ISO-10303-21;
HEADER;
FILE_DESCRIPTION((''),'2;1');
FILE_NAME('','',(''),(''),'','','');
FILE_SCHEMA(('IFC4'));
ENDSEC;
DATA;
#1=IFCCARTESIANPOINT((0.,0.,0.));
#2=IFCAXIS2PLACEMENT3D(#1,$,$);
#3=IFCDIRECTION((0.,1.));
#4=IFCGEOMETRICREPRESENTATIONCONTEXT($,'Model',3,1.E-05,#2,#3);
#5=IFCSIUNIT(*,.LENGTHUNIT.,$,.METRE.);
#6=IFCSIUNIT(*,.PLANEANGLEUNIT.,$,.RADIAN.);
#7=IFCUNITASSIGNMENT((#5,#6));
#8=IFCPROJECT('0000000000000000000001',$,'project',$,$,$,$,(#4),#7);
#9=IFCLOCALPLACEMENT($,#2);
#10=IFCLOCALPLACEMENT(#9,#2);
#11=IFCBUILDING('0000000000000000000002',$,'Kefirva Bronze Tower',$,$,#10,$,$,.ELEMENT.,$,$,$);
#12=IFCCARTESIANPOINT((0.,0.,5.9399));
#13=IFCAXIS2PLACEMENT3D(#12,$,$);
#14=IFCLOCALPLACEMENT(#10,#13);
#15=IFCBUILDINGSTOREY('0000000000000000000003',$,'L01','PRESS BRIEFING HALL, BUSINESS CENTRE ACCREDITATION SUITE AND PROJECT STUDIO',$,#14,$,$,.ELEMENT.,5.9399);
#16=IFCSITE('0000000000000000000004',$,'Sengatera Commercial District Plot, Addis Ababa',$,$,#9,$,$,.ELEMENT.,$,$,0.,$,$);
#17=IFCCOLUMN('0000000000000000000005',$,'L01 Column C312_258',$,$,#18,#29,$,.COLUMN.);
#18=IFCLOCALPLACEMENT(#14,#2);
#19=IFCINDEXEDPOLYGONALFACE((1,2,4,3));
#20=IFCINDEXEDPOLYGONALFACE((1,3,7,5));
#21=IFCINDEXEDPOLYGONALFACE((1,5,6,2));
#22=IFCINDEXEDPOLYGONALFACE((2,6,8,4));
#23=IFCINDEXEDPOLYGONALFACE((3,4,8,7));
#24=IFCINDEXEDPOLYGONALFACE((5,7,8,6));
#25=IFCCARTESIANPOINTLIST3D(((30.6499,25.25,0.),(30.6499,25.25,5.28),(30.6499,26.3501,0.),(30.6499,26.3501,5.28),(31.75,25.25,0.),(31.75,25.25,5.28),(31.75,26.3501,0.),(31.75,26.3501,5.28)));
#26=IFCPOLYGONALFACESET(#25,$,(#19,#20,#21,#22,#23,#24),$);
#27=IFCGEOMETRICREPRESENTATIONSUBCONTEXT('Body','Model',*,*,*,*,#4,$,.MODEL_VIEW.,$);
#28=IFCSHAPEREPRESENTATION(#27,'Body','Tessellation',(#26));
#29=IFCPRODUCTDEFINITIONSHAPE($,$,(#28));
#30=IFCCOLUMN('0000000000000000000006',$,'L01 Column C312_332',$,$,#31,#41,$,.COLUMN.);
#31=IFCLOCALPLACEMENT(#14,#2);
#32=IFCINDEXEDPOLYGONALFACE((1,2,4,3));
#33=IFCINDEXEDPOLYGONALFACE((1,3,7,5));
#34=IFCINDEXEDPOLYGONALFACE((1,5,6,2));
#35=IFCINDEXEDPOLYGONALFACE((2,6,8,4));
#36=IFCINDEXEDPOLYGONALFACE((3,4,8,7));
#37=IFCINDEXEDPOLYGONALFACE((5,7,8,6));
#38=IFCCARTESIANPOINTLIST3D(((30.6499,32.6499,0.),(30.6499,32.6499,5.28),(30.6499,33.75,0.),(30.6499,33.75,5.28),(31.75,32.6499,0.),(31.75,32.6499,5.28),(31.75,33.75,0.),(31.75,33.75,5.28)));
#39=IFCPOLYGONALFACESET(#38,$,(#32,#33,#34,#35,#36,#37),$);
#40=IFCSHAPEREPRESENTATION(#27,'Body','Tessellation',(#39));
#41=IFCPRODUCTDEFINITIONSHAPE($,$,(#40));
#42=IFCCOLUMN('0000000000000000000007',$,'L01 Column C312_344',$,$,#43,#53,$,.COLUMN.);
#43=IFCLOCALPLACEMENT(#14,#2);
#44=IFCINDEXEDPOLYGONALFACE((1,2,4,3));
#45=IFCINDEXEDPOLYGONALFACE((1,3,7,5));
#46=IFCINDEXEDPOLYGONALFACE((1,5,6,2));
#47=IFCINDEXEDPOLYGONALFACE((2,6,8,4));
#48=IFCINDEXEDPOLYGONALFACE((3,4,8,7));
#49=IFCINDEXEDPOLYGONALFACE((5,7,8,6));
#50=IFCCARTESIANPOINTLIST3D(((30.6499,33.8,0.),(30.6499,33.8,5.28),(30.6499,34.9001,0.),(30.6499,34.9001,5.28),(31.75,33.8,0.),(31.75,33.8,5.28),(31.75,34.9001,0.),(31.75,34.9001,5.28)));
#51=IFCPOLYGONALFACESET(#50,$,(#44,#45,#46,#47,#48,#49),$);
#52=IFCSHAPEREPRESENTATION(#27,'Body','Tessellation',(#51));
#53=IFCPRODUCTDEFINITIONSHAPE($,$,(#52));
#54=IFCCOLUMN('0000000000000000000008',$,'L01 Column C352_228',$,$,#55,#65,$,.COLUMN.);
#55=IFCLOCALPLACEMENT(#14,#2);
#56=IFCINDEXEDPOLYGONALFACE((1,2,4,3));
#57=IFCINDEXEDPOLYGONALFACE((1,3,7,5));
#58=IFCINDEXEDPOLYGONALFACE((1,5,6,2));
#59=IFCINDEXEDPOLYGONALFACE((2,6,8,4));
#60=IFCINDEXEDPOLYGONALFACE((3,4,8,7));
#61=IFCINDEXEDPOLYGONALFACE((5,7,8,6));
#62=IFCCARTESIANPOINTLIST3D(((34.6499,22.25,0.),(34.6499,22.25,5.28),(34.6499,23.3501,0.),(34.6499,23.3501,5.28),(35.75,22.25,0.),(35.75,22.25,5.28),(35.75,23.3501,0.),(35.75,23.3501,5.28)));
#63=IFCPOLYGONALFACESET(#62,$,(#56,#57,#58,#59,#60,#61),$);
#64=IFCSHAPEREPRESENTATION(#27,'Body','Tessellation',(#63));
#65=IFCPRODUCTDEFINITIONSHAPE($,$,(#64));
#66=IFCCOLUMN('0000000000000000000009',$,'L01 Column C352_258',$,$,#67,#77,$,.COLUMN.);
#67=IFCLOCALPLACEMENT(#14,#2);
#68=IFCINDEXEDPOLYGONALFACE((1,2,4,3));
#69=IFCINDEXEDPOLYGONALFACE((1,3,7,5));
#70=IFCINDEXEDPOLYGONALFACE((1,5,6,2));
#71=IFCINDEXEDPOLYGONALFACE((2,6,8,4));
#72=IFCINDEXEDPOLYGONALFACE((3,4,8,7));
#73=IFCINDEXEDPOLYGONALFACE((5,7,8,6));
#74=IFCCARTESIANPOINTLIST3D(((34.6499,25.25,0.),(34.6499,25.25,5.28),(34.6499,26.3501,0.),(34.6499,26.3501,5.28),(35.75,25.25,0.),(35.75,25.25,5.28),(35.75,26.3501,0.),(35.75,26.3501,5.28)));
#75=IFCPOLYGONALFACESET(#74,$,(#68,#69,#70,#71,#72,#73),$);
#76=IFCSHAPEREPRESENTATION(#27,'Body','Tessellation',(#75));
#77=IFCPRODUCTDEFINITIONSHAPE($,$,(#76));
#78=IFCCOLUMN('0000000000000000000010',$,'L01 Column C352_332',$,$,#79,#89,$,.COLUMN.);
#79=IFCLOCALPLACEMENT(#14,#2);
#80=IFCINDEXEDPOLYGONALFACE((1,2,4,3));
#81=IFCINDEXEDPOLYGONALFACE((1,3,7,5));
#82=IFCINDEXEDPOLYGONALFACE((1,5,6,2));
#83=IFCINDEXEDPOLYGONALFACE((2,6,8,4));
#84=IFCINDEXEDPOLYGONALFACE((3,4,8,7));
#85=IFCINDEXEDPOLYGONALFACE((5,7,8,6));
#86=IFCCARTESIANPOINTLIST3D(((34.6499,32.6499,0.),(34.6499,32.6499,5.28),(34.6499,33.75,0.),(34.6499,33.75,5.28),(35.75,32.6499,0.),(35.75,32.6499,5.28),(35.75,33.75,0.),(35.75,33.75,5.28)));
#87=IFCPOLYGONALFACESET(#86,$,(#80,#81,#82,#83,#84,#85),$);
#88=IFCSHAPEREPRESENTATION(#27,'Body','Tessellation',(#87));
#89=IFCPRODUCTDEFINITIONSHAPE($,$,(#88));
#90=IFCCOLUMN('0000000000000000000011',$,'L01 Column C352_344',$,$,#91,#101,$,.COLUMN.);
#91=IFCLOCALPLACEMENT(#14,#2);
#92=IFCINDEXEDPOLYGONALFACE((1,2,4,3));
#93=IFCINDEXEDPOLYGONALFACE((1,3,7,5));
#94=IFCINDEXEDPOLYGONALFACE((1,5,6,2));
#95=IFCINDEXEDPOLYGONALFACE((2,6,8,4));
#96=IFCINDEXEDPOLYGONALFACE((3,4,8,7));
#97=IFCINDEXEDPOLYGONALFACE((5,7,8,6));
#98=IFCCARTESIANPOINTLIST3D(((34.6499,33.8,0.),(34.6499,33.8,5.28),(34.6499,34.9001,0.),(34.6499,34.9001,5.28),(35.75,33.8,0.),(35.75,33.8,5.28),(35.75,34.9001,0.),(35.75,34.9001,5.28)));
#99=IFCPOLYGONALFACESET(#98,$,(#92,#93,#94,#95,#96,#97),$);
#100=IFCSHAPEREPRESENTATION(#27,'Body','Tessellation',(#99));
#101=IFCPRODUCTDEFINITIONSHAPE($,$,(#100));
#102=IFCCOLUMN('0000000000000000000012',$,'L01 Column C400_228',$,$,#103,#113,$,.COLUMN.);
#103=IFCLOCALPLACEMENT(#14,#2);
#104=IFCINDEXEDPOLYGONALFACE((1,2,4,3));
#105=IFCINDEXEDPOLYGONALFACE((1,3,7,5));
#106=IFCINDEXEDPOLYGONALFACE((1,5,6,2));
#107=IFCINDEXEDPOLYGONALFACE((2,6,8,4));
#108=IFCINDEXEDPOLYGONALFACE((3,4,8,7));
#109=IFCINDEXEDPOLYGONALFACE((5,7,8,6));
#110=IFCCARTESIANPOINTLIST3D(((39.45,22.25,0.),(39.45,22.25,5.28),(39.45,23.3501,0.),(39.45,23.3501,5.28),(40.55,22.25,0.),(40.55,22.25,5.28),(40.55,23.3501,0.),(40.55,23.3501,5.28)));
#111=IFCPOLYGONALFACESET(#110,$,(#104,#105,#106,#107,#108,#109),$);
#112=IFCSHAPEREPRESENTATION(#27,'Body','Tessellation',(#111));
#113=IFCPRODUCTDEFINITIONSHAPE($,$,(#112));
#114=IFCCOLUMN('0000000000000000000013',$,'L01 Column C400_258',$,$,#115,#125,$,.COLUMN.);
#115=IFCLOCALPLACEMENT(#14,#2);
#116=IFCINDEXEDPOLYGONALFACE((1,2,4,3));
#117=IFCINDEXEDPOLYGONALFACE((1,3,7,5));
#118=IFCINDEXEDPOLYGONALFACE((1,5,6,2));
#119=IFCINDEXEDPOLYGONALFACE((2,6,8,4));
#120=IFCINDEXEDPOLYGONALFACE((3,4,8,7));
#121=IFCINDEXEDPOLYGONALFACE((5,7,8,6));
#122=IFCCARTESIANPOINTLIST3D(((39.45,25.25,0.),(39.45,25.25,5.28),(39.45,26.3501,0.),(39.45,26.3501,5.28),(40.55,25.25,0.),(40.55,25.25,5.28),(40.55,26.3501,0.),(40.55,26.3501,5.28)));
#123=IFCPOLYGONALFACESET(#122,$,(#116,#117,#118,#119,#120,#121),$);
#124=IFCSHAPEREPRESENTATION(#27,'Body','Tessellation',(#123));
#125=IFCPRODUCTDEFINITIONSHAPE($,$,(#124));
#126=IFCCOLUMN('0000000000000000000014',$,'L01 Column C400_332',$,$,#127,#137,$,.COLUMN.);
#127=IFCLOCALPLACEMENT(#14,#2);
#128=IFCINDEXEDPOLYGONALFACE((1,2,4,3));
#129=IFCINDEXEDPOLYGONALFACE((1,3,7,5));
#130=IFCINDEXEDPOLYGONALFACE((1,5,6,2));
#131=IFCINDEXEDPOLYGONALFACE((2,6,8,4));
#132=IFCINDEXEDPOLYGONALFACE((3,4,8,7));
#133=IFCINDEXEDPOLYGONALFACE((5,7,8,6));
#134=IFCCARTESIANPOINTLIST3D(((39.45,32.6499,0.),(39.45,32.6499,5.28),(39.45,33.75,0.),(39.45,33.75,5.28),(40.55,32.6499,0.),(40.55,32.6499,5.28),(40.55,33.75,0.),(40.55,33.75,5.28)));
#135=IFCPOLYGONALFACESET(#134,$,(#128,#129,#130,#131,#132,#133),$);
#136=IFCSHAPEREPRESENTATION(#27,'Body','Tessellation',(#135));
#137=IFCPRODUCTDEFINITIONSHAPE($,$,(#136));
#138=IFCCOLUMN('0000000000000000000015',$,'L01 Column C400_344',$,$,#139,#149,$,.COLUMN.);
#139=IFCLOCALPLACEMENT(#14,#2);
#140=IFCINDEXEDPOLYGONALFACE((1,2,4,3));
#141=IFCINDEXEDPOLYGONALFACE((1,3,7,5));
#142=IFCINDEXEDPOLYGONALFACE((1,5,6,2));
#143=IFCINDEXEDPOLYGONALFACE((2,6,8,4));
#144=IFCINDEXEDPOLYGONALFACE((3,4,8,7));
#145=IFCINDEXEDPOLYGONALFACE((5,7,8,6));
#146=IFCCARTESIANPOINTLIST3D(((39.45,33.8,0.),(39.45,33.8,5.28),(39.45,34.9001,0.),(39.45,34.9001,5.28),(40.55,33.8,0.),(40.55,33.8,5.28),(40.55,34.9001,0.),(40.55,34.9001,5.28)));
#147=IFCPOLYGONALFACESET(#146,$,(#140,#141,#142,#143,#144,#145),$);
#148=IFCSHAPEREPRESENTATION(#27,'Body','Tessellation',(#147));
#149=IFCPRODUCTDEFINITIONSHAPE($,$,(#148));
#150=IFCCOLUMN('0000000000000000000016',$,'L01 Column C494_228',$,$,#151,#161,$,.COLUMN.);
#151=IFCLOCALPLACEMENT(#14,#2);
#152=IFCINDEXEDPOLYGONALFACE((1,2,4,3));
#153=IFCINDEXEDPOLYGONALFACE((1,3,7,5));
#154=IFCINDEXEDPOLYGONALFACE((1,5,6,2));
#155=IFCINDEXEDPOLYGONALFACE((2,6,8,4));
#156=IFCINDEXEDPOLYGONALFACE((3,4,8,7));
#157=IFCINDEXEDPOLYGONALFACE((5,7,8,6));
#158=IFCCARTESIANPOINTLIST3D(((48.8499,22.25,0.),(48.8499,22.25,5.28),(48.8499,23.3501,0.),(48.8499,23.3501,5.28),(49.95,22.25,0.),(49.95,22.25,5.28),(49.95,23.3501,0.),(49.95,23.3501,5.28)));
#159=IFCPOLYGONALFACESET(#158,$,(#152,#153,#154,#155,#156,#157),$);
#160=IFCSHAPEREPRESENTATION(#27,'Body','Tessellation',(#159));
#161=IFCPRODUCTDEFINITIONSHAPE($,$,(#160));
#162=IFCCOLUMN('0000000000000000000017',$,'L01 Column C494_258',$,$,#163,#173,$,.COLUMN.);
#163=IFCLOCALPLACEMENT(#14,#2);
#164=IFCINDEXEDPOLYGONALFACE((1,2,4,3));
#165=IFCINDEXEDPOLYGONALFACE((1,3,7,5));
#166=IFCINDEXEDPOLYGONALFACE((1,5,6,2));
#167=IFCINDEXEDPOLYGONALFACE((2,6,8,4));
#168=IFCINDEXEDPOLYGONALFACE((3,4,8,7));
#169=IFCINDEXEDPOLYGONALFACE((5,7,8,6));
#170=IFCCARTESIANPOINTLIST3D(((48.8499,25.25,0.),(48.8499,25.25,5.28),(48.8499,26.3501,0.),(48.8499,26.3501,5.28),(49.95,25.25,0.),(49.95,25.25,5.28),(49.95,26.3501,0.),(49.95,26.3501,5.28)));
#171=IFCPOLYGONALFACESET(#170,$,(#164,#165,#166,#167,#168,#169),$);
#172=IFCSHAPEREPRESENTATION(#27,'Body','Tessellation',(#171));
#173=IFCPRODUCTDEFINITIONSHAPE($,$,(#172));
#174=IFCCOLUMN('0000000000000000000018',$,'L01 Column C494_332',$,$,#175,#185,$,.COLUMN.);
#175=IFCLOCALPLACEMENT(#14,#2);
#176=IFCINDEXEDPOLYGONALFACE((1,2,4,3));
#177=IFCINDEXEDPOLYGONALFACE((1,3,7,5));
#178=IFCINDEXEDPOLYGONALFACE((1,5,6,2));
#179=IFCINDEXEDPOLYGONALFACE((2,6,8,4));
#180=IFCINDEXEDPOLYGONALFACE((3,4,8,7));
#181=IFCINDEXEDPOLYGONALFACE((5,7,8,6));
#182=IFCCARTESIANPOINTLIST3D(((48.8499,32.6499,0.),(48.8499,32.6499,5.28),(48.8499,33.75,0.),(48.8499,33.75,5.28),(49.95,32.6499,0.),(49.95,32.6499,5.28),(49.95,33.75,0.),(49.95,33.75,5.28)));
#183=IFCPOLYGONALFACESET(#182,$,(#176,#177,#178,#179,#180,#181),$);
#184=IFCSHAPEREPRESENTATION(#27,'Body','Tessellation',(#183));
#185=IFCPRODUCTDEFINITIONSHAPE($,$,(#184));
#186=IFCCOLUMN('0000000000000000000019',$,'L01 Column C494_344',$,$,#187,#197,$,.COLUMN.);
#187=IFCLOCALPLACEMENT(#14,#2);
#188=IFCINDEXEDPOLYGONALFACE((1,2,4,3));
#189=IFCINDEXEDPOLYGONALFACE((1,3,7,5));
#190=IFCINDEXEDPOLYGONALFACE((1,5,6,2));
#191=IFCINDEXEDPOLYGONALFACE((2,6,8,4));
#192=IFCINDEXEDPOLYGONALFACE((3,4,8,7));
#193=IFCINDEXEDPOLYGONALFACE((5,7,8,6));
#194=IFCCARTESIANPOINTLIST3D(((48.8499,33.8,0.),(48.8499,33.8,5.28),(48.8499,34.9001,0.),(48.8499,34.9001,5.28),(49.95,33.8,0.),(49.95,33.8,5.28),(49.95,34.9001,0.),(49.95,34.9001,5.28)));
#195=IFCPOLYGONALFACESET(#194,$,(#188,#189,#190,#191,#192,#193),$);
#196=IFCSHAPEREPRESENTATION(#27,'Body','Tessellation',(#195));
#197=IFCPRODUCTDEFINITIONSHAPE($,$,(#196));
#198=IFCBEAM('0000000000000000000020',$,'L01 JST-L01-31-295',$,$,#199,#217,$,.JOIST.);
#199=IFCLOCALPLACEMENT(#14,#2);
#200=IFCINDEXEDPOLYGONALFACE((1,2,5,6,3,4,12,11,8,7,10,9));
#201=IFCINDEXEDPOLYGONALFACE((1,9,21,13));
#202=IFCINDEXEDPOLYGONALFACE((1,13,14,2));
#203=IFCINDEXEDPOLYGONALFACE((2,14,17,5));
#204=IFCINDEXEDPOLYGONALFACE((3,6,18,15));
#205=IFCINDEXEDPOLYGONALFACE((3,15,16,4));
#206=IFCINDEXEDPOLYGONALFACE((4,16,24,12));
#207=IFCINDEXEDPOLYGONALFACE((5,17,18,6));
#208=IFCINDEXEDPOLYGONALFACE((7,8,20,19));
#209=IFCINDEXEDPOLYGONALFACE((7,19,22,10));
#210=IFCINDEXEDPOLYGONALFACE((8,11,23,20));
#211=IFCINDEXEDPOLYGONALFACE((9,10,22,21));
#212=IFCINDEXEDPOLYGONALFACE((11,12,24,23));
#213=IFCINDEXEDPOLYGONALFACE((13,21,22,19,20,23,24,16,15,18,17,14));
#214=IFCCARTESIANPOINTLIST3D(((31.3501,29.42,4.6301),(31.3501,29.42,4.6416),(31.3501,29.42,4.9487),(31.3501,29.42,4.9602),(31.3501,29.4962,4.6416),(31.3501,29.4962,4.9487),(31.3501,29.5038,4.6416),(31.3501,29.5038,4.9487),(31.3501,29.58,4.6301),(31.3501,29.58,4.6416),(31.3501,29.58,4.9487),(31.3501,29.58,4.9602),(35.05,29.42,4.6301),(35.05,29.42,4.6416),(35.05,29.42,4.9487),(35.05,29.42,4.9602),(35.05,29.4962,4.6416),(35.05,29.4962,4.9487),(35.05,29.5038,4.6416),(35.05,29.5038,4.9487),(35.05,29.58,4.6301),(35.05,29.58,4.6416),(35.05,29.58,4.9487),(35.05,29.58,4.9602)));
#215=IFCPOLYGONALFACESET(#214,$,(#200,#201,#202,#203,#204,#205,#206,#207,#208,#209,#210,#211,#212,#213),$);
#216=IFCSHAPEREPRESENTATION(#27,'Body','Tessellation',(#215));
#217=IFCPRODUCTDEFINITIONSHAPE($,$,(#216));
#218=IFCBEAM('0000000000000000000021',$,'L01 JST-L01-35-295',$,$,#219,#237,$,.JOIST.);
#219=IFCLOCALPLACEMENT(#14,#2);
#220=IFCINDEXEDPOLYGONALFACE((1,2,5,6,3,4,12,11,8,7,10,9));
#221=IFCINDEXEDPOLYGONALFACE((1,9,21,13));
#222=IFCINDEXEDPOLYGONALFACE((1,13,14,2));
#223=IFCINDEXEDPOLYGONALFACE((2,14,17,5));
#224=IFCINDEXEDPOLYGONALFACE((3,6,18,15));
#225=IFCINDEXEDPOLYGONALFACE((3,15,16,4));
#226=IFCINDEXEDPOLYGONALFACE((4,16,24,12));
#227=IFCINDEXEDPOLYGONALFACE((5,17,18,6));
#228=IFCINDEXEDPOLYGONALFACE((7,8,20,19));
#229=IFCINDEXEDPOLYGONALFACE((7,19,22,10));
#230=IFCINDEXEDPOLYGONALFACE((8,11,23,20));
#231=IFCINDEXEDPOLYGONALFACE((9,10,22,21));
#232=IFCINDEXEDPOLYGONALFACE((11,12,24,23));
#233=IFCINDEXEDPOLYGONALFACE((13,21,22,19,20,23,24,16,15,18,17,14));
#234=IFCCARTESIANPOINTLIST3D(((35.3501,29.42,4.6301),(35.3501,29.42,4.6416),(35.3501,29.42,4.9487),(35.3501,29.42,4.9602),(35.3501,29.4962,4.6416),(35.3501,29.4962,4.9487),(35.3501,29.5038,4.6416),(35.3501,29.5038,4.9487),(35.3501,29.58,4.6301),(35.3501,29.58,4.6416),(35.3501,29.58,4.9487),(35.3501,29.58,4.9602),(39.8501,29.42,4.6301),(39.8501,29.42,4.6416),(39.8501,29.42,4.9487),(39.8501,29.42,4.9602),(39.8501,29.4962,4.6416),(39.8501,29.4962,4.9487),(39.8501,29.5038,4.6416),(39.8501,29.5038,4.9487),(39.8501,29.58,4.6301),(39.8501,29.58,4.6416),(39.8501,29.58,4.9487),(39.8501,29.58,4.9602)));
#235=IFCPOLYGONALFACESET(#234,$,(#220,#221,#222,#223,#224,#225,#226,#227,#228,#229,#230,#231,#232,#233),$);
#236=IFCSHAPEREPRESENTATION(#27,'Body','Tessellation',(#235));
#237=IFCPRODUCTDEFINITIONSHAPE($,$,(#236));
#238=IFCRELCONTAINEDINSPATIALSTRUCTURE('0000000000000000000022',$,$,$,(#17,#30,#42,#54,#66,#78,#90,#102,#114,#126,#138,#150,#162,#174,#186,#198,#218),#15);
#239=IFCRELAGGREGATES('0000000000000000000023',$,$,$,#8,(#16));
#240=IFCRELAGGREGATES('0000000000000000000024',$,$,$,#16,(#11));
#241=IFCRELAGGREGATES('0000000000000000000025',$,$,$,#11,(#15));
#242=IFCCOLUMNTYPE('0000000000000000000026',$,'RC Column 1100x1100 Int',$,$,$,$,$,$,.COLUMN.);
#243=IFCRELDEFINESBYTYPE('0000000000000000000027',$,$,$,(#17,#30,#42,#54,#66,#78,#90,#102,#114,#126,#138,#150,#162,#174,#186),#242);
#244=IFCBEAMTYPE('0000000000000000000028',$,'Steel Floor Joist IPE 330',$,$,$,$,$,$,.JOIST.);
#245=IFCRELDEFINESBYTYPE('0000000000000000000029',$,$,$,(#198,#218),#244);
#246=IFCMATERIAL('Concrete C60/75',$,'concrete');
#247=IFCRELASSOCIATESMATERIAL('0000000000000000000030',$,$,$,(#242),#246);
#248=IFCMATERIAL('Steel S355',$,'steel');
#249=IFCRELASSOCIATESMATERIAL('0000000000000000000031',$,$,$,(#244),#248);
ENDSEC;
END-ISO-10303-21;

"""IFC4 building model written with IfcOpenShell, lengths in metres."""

from ifc_helpers import new_model, si_unit, direction, frame, origin, origin_2d, place, context, subcontext, project, spatial, rectangle, i_section, extrude, material, material_profile, profile_set, type_object, element, save


model = new_model("IFC4")

# Units and contexts
model_context = context("Model", 3, precision=1e-05, world=origin(), true_north=direction((0.0, 1.0)))
body_context = subcontext(model_context, "Body", "Model", "MODEL_VIEW")
ifc_project = project(units=[si_unit("LENGTHUNIT", "METRE"), si_unit("PLANEANGLEUNIT", "RADIAN")], contexts=[model_context])

# Site, building, storey
site_placement = place(None, origin())
site = spatial("IfcSite", under=ifc_project, at=site_placement, Name="Sengatera Commercial District Plot, Addis Ababa", CompositionType="ELEMENT", RefElevation=0.0)
building_placement = place(site_placement, origin())
building = spatial("IfcBuilding", under=site, at=building_placement, Name="Kefirva Bronze Tower", CompositionType="ELEMENT")
storey_placement = place(building_placement, frame((0.0, 0.0, 5.9399)))
storey = spatial("IfcBuildingStorey", under=building, at=storey_placement, Name="L01", Description="PRESS BRIEFING HALL, BUSINESS CENTRE ACCREDITATION SUITE AND PROJECT STUDIO", CompositionType="ELEMENT", Elevation=5.9399)

# Columns
ifc_material_1 = material(Name="Concrete C60/75", Category="concrete")
ifc_material_profile_1 = material_profile(ifc_material_1, rectangle(XDim=1.1001, YDim=1.1001, at=origin_2d()), Name="RC 1100x1100")
ifc_profile_set_1 = profile_set([ifc_material_profile_1], Name="Concrete C60/75")
column_type = type_object("IfcColumnType", Name="RC Column 1100x1100 Int", PredefinedType="COLUMN", material=ifc_profile_set_1)
for number, where, z_axis, x_axis, name in (
    (1, (31.2, 25.8, 0.0), (0.0, 0.0, 1.0), (1.0, 0.0, 0.0), "L01 Column C312_258"),
    (2, (31.2, 33.2, 0.0), (0.0, 0.0, 1.0), (1.0, 0.0, 0.0), "L01 Column C312_332"),
    (3, (31.2, 34.3501, 0.0), (0.0, 0.0, 1.0), (1.0, 0.0, 0.0), "L01 Column C312_344"),
    (4, (35.2, 22.8, 0.0), (0.0, 0.0, 1.0), (1.0, 0.0, 0.0), "L01 Column C352_228"),
    (5, (35.2, 25.8, 0.0), (0.0, 0.0, 1.0), (1.0, 0.0, 0.0), "L01 Column C352_258"),
    (6, (35.2, 33.2, 0.0), (0.0, 0.0, 1.0), (1.0, 0.0, 0.0), "L01 Column C352_332"),
    (7, (35.2, 34.3501, 0.0), (0.0, 0.0, 1.0), (1.0, 0.0, 0.0), "L01 Column C352_344"),
    (8, (40.0, 22.8, 0.0), (0.0, 0.0, 1.0), (1.0, 0.0, 0.0), "L01 Column C400_228"),
    (9, (40.0, 25.8, 0.0), (0.0, 0.0, 1.0), (1.0, 0.0, 0.0), "L01 Column C400_258"),
    (10, (40.0, 33.2, 0.0), (0.0, 0.0, 1.0), (1.0, 0.0, 0.0), "L01 Column C400_332"),
    (11, (40.0, 34.3501, 0.0), (0.0, 0.0, 1.0), (1.0, 0.0, 0.0), "L01 Column C400_344"),
    (12, (49.3999, 22.8, 0.0), (0.0, 0.0, 1.0), (1.0, 0.0, 0.0), "L01 Column C494_228"),
    (13, (49.3999, 25.8, 0.0), (0.0, 0.0, 1.0), (1.0, 0.0, 0.0), "L01 Column C494_258"),
    (14, (49.3999, 33.2, 0.0), (0.0, 0.0, 1.0), (1.0, 0.0, 0.0), "L01 Column C494_332"),
    (15, (49.3999, 34.3501, 0.0), (0.0, 0.0, 1.0), (1.0, 0.0, 0.0), "L01 Column C494_344"),
):
    element("IfcColumn", number, at=place(storey_placement, frame(where, z_axis=z_axis, x_axis=x_axis)), inside=storey, type_object=column_type, Name=name, PredefinedType="COLUMN", context=body_context, shape_type="SweptSolid", body=[
        extrude(rectangle(XDim=1.1001, YDim=1.1001, at=origin_2d()), origin(), (0.0, 0.0, 1.0), 5.28),
    ])

# Beams
ifc_material_2 = material(Name="Steel S355", Category="steel")
ifc_material_profile_2 = material_profile(ifc_material_2, i_section(OverallWidth=0.1599, OverallDepth=0.3301, WebThickness=0.0076, FlangeThickness=0.0115, at=origin_2d()), Name="IPE 330")
ifc_profile_set_2 = profile_set([ifc_material_profile_2], Name="Steel S355")
beam_type_1 = type_object("IfcBeamType", Name="Steel Floor Joist IPE 330", PredefinedType="JOIST", material=ifc_profile_set_2)
beam_1_placement = place(storey_placement, frame((31.3501, 29.5, 4.7952), z_axis=(1.0, 0.0, 0.0), x_axis=(0.0, 1.0, 0.0)))
element("IfcBeam", 16, at=beam_1_placement, inside=storey, type_object=beam_type_1, Name="L01 JST-L01-31-295", PredefinedType="JOIST", context=body_context, shape_type="SweptSolid", body=[
    extrude(i_section(OverallWidth=0.1599, OverallDepth=0.3301, WebThickness=0.0076, FlangeThickness=0.0115, at=origin_2d()), origin(), (0.0, 0.0, 1.0), 3.7),
])
beam_2_placement = place(storey_placement, frame((35.3501, 29.5, 4.7952), z_axis=(1.0, 0.0, 0.0), x_axis=(0.0, 1.0, 0.0)))
element("IfcBeam", 17, at=beam_2_placement, inside=storey, type_object=beam_type_1, Name="L01 JST-L01-35-295", PredefinedType="JOIST", context=body_context, shape_type="SweptSolid", body=[
    extrude(i_section(OverallWidth=0.1599, OverallDepth=0.3301, WebThickness=0.0076, FlangeThickness=0.0115, at=origin_2d()), origin(), (0.0, 0.0, 1.0), 4.5),
])

save(model, "model.ifc")
